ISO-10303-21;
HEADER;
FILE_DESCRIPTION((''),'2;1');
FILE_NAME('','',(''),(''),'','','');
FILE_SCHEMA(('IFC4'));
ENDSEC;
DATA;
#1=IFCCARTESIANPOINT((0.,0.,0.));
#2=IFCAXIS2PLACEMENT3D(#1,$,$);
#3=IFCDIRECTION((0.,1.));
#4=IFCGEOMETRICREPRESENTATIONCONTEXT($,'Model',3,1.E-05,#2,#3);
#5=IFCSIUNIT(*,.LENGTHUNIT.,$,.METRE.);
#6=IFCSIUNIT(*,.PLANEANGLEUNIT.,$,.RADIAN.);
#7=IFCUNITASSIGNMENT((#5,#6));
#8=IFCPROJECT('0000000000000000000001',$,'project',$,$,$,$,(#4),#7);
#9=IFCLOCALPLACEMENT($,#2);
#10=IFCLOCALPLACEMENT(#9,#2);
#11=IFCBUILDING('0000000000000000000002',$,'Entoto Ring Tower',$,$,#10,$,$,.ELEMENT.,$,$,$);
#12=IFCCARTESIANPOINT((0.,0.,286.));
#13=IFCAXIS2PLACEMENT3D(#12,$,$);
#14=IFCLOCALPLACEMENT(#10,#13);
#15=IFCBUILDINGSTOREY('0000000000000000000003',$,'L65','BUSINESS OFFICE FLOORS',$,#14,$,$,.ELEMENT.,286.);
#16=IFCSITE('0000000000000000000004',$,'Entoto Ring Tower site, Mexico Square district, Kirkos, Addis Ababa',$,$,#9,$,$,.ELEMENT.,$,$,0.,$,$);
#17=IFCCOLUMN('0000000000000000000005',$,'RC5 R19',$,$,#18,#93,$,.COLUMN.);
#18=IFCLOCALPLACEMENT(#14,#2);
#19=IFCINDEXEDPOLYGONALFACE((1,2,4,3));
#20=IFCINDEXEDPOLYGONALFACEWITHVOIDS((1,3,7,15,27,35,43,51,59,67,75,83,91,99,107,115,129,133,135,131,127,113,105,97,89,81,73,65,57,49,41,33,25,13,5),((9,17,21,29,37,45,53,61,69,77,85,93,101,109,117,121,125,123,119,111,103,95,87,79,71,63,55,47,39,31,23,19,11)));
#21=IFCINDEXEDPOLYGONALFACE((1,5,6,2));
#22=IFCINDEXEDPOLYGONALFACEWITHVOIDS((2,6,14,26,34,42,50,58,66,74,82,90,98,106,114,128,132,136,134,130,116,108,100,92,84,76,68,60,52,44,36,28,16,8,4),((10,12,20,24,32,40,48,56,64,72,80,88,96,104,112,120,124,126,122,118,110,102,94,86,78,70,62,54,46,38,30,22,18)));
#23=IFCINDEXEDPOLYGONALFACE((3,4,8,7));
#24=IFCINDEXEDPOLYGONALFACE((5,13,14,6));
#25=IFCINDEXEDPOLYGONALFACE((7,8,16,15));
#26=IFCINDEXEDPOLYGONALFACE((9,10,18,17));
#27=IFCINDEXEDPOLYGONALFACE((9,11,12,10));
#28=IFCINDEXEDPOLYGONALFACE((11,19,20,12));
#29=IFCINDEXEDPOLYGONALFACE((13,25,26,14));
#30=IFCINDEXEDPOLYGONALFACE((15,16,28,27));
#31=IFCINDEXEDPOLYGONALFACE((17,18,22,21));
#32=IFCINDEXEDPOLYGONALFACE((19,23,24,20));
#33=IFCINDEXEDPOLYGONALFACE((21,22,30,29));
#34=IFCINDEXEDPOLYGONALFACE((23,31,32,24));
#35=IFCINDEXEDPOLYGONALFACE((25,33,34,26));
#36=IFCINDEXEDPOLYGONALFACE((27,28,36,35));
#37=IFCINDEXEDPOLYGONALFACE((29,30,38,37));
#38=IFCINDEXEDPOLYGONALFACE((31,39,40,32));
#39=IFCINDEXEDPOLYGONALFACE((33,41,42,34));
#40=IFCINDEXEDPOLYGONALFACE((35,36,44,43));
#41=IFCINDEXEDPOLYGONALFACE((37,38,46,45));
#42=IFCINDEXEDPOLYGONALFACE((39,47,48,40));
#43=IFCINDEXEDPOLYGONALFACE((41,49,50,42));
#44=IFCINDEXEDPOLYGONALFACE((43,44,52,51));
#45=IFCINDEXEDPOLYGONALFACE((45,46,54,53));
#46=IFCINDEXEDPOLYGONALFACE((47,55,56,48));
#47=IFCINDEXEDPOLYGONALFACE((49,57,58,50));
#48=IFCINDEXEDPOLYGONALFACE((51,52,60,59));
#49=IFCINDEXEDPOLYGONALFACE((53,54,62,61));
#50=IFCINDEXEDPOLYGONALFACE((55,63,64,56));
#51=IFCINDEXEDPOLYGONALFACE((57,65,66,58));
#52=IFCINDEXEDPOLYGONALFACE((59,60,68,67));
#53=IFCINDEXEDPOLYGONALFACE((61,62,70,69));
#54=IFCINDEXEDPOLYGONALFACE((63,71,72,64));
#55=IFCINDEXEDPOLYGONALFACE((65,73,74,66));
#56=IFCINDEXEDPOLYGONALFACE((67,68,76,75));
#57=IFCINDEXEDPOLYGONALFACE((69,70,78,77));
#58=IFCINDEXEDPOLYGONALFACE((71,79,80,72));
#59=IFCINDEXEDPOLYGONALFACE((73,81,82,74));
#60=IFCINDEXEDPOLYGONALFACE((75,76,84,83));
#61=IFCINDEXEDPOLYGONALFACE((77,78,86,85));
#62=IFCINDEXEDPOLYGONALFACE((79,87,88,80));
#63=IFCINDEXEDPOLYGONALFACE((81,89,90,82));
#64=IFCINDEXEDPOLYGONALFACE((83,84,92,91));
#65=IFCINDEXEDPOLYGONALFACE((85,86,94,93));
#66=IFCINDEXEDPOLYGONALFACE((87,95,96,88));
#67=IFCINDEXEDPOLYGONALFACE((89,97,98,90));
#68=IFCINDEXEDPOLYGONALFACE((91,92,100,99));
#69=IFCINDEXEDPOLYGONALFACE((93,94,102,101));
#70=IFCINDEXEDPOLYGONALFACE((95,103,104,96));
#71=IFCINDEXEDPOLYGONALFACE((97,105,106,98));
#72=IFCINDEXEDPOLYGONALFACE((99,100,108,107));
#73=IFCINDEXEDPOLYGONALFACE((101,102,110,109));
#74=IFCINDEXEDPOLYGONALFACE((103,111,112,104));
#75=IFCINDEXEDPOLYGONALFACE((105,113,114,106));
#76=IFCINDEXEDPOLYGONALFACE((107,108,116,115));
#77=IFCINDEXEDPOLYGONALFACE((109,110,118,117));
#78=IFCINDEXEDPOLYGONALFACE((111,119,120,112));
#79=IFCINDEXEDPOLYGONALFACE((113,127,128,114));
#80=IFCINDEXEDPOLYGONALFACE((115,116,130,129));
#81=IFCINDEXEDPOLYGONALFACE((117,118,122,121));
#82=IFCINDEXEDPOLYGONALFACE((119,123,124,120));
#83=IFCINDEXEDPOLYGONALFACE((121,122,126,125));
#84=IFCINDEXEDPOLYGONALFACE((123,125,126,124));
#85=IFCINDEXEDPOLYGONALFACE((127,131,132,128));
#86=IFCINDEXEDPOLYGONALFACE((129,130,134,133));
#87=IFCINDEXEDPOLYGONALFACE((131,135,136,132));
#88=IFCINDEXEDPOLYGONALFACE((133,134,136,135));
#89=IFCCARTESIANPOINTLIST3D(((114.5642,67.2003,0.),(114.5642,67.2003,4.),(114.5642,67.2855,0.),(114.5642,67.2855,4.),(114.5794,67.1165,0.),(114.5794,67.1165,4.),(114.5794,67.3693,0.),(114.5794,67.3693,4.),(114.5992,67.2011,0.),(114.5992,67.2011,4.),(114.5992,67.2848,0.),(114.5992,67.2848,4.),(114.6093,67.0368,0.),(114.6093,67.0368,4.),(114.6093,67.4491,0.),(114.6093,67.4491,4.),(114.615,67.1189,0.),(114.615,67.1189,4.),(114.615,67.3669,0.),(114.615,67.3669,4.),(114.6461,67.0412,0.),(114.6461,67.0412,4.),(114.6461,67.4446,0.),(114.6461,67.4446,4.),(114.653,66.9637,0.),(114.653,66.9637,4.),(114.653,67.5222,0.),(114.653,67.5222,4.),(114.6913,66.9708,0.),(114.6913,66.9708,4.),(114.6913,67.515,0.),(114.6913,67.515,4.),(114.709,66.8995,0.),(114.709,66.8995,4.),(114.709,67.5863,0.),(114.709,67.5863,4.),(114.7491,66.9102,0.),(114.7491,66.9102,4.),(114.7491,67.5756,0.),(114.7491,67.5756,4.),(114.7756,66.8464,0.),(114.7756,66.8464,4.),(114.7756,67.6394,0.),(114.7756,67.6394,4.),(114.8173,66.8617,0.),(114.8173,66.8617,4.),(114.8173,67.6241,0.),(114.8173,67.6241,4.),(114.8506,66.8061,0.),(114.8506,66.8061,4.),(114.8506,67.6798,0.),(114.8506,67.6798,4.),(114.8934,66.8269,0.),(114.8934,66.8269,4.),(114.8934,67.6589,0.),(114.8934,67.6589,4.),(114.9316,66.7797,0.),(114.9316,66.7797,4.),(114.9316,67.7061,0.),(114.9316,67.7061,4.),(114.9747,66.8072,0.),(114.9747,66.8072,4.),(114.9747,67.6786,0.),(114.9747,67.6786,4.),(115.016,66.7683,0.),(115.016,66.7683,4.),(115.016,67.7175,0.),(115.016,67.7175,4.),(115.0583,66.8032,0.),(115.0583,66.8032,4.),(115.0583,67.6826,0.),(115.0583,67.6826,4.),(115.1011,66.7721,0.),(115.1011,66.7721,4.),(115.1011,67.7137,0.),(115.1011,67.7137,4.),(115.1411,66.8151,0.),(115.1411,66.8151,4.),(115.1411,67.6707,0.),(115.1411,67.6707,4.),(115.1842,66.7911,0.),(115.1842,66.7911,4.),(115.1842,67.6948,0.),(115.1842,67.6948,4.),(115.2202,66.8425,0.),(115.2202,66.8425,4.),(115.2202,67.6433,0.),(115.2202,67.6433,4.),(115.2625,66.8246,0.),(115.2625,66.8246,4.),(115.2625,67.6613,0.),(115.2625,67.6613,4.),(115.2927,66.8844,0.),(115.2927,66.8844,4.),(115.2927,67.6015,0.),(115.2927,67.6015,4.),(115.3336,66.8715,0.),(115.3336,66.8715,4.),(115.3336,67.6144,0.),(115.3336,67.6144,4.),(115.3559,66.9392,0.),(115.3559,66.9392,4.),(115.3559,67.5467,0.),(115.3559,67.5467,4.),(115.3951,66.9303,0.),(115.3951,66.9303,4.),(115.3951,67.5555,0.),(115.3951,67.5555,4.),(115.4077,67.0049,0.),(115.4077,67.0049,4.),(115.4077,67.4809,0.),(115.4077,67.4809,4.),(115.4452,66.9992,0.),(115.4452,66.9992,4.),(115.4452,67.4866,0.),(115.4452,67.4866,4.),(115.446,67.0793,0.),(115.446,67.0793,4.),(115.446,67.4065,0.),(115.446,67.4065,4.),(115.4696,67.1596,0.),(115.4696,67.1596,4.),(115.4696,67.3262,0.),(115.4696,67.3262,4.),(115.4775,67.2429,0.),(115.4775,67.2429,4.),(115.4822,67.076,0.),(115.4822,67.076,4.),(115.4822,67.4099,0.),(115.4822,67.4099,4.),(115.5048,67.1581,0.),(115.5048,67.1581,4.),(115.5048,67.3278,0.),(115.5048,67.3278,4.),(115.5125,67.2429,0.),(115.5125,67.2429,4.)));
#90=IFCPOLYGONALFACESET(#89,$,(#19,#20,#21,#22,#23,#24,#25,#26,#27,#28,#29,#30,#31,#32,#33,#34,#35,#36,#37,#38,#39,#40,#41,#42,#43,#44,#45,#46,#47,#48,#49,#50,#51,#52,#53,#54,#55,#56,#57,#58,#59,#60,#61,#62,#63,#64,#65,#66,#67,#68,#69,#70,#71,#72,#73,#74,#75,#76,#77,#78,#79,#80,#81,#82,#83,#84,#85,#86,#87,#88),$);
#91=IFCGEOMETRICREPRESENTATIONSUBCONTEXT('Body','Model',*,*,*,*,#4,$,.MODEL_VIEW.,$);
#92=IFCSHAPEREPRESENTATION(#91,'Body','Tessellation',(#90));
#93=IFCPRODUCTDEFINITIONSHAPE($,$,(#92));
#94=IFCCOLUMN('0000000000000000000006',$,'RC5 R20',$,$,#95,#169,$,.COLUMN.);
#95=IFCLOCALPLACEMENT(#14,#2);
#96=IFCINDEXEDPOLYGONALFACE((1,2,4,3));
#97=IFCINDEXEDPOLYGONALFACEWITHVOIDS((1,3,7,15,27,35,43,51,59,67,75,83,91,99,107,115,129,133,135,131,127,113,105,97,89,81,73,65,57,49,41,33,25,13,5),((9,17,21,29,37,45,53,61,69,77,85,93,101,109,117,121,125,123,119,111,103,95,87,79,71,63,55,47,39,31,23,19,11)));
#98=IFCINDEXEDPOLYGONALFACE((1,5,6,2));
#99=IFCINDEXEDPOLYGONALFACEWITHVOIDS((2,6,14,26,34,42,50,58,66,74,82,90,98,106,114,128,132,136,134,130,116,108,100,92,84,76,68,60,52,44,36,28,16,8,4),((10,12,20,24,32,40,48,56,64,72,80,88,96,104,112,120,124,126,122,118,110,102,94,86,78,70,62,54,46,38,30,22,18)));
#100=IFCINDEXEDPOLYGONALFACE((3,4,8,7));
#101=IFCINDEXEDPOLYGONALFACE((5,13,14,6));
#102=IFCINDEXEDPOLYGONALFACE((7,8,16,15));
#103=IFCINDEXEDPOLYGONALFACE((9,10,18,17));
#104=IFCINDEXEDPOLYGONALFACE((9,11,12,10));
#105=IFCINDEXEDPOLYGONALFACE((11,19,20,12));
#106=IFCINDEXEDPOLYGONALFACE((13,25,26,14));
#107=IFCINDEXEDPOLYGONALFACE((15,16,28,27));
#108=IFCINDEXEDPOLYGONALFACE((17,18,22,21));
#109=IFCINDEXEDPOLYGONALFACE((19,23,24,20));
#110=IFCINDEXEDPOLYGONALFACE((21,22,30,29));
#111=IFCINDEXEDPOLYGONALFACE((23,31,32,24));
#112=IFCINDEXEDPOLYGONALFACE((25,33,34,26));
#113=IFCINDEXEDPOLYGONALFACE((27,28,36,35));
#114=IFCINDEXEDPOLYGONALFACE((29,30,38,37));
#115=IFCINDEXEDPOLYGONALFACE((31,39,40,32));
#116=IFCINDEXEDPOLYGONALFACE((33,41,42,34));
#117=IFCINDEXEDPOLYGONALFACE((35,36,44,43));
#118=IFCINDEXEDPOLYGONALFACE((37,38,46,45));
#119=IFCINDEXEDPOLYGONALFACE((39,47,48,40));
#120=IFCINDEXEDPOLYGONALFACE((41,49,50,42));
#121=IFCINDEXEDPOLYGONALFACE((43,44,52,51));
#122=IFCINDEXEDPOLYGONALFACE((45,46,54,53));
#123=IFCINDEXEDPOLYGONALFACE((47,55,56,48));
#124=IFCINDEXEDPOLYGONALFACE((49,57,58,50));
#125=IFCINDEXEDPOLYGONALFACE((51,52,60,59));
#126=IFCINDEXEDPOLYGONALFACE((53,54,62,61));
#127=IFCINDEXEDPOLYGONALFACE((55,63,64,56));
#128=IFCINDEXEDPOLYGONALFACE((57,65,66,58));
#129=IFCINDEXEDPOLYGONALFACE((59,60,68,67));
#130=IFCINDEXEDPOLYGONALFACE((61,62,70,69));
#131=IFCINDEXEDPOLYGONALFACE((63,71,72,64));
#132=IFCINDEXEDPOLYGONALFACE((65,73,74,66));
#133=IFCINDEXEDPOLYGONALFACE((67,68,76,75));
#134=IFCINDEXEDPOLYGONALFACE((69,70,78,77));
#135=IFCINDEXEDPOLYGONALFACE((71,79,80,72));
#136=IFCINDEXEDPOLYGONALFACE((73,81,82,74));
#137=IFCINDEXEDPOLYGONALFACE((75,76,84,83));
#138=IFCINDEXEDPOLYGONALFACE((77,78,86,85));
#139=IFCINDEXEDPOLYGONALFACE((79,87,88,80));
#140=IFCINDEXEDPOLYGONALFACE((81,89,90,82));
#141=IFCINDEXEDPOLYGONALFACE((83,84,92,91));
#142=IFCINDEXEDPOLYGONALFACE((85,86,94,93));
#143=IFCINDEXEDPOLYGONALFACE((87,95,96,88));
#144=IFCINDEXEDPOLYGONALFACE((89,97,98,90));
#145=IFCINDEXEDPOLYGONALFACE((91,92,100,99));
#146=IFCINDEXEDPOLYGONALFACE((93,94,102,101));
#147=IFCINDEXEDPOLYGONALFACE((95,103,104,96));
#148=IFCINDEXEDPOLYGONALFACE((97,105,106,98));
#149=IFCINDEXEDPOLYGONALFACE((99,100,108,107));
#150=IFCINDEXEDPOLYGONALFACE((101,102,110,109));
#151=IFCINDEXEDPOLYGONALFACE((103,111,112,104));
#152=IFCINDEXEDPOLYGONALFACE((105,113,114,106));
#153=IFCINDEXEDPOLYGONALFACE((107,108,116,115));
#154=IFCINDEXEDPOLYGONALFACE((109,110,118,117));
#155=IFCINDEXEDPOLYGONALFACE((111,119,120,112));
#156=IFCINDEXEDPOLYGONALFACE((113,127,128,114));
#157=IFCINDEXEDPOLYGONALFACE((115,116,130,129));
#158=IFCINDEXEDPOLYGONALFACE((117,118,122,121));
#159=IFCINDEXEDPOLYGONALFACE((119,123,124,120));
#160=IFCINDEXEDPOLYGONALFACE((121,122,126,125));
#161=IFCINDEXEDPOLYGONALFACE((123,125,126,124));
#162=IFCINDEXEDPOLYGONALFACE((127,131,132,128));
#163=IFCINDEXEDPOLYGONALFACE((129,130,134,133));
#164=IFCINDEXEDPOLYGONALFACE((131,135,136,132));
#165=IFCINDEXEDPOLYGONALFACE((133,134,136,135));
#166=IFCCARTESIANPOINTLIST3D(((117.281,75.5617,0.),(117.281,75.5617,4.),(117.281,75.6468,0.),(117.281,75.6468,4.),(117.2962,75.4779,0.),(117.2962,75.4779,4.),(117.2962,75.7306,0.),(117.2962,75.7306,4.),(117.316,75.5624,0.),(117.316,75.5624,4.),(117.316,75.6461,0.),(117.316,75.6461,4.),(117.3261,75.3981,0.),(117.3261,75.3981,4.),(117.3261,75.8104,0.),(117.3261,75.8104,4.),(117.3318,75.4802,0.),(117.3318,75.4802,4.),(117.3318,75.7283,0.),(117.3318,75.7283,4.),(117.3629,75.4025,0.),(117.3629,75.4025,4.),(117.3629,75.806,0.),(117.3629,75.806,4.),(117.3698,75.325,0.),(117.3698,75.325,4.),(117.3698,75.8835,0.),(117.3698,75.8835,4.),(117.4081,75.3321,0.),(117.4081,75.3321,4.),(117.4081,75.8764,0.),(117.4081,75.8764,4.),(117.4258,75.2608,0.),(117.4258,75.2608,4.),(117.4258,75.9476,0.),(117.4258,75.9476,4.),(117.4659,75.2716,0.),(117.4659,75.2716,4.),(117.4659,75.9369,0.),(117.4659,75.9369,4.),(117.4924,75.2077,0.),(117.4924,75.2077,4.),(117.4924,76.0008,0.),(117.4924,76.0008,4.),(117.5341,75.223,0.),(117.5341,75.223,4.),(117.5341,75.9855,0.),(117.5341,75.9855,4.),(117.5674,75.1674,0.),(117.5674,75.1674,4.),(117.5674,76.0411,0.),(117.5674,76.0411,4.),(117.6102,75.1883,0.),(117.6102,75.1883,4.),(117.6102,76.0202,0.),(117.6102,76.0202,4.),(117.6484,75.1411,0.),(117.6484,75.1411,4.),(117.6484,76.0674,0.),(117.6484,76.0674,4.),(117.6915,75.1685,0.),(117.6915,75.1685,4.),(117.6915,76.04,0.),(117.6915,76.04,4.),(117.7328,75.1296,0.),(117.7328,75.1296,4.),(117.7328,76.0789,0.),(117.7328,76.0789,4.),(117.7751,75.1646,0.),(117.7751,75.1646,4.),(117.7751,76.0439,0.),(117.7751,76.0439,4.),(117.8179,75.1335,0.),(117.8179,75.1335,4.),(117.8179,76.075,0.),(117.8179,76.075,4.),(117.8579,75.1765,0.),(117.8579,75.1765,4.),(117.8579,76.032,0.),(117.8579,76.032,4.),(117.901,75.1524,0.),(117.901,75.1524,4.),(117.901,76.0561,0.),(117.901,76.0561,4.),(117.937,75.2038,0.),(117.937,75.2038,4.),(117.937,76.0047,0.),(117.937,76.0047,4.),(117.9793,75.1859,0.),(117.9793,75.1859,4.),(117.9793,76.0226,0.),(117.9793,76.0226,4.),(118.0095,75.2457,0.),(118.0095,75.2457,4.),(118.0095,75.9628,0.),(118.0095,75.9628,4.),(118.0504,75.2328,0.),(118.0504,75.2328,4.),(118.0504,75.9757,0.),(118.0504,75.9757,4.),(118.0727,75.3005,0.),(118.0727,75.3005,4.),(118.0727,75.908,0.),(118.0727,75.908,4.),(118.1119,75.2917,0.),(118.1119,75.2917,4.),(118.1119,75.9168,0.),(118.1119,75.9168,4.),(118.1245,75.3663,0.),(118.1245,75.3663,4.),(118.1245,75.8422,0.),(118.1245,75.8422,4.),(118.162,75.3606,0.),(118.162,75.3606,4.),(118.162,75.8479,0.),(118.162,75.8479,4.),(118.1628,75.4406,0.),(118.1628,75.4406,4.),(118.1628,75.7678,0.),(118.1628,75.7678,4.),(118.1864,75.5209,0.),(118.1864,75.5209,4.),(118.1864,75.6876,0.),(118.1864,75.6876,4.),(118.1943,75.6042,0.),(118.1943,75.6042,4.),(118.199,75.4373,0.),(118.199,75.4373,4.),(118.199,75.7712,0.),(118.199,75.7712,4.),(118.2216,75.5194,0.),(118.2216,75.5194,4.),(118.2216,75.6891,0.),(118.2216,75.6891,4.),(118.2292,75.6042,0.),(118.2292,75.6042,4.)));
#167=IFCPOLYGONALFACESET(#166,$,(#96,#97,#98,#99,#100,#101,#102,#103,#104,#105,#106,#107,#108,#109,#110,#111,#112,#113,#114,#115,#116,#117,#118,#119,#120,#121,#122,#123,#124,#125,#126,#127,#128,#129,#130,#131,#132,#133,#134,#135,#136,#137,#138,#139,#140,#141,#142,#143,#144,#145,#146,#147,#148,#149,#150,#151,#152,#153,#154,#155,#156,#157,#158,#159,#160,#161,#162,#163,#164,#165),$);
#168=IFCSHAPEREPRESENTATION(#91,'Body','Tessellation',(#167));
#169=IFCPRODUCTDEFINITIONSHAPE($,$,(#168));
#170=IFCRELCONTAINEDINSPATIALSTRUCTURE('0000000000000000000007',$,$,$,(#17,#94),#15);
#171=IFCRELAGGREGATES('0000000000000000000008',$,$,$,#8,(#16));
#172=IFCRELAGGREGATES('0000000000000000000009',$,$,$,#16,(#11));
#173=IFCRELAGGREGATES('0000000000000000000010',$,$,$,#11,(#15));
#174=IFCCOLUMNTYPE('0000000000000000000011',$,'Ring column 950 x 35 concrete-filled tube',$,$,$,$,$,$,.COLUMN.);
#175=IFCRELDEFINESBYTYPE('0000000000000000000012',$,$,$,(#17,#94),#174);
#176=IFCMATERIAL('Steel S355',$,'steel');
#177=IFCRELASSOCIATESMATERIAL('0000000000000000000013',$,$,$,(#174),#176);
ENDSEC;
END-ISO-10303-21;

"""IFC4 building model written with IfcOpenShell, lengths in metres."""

from ifc_helpers import new_model, si_unit, direction, frame, origin, origin_2d, place, context, subcontext, project, spatial, circle, hollow_circle, extrude, material, material_profile, profile_set, type_object, element, save


model = new_model("IFC4")

# Units and contexts
model_context = context("Model", 3, precision=1e-05, world=origin(), true_north=direction((0.0, 1.0)))
body_context = subcontext(model_context, "Body", "Model", "MODEL_VIEW")
ifc_project = project(units=[si_unit("LENGTHUNIT", "METRE"), si_unit("PLANEANGLEUNIT", "RADIAN")], contexts=[model_context])

# Site, building, storey
site_placement = place(None, origin())
site = spatial("IfcSite", under=ifc_project, at=site_placement, Name="Entoto Ring Tower site, Mexico Square district, Kirkos, Addis Ababa", CompositionType="ELEMENT", RefElevation=0.0)
building_placement = place(site_placement, origin())
building = spatial("IfcBuilding", under=site, at=building_placement, Name="Entoto Ring Tower", CompositionType="ELEMENT")
storey_placement = place(building_placement, frame((0.0, 0.0, 286.0)))
storey = spatial("IfcBuildingStorey", under=building, at=storey_placement, Name="L65", Description="BUSINESS OFFICE FLOORS", CompositionType="ELEMENT", Elevation=286.0)

# Columns
ifc_material_1 = material(Name="Steel S355", Category="steel")
ifc_material_profile_1 = material_profile(ifc_material_1, hollow_circle(Radius=0.4751, WallThickness=0.0349, at=origin_2d()), Name="CHS 950 x 35")
ifc_material_2 = material(Name="Concrete C60/75", Category="concrete")
ifc_material_profile_2 = material_profile(ifc_material_2, circle(Radius=0.4399, at=origin_2d()), Name="Concrete C60/75 infill")
ifc_profile_set_1 = profile_set([ifc_material_profile_1, ifc_material_profile_2], Name="Steel S355")
column_type = type_object("IfcColumnType", Name="Ring column 950 x 35 concrete-filled tube", PredefinedType="COLUMN", material=ifc_profile_set_1)
for number, where, z_axis, x_axis, name in (
    (1, (115.0374, 67.2429, 0.0), (0.0, 0.0, 1.0), (1.0, 0.0, 0.0), "RC5 R19"),
    (2, (117.7542, 75.6042, 0.0), (0.0, 0.0, 1.0), (1.0, 0.0, 0.0), "RC5 R20"),
):
    element("IfcColumn", number, at=place(storey_placement, frame(where, z_axis=z_axis, x_axis=x_axis)), inside=storey, type_object=column_type, Name=name, PredefinedType="COLUMN", context=body_context, shape_type="SweptSolid", body=[
        extrude(hollow_circle(Radius=0.4751, WallThickness=0.0349, at=origin_2d()), origin(), (0.0, 0.0, 1.0), 4.0),
    ])

save(model, "model.ifc")
